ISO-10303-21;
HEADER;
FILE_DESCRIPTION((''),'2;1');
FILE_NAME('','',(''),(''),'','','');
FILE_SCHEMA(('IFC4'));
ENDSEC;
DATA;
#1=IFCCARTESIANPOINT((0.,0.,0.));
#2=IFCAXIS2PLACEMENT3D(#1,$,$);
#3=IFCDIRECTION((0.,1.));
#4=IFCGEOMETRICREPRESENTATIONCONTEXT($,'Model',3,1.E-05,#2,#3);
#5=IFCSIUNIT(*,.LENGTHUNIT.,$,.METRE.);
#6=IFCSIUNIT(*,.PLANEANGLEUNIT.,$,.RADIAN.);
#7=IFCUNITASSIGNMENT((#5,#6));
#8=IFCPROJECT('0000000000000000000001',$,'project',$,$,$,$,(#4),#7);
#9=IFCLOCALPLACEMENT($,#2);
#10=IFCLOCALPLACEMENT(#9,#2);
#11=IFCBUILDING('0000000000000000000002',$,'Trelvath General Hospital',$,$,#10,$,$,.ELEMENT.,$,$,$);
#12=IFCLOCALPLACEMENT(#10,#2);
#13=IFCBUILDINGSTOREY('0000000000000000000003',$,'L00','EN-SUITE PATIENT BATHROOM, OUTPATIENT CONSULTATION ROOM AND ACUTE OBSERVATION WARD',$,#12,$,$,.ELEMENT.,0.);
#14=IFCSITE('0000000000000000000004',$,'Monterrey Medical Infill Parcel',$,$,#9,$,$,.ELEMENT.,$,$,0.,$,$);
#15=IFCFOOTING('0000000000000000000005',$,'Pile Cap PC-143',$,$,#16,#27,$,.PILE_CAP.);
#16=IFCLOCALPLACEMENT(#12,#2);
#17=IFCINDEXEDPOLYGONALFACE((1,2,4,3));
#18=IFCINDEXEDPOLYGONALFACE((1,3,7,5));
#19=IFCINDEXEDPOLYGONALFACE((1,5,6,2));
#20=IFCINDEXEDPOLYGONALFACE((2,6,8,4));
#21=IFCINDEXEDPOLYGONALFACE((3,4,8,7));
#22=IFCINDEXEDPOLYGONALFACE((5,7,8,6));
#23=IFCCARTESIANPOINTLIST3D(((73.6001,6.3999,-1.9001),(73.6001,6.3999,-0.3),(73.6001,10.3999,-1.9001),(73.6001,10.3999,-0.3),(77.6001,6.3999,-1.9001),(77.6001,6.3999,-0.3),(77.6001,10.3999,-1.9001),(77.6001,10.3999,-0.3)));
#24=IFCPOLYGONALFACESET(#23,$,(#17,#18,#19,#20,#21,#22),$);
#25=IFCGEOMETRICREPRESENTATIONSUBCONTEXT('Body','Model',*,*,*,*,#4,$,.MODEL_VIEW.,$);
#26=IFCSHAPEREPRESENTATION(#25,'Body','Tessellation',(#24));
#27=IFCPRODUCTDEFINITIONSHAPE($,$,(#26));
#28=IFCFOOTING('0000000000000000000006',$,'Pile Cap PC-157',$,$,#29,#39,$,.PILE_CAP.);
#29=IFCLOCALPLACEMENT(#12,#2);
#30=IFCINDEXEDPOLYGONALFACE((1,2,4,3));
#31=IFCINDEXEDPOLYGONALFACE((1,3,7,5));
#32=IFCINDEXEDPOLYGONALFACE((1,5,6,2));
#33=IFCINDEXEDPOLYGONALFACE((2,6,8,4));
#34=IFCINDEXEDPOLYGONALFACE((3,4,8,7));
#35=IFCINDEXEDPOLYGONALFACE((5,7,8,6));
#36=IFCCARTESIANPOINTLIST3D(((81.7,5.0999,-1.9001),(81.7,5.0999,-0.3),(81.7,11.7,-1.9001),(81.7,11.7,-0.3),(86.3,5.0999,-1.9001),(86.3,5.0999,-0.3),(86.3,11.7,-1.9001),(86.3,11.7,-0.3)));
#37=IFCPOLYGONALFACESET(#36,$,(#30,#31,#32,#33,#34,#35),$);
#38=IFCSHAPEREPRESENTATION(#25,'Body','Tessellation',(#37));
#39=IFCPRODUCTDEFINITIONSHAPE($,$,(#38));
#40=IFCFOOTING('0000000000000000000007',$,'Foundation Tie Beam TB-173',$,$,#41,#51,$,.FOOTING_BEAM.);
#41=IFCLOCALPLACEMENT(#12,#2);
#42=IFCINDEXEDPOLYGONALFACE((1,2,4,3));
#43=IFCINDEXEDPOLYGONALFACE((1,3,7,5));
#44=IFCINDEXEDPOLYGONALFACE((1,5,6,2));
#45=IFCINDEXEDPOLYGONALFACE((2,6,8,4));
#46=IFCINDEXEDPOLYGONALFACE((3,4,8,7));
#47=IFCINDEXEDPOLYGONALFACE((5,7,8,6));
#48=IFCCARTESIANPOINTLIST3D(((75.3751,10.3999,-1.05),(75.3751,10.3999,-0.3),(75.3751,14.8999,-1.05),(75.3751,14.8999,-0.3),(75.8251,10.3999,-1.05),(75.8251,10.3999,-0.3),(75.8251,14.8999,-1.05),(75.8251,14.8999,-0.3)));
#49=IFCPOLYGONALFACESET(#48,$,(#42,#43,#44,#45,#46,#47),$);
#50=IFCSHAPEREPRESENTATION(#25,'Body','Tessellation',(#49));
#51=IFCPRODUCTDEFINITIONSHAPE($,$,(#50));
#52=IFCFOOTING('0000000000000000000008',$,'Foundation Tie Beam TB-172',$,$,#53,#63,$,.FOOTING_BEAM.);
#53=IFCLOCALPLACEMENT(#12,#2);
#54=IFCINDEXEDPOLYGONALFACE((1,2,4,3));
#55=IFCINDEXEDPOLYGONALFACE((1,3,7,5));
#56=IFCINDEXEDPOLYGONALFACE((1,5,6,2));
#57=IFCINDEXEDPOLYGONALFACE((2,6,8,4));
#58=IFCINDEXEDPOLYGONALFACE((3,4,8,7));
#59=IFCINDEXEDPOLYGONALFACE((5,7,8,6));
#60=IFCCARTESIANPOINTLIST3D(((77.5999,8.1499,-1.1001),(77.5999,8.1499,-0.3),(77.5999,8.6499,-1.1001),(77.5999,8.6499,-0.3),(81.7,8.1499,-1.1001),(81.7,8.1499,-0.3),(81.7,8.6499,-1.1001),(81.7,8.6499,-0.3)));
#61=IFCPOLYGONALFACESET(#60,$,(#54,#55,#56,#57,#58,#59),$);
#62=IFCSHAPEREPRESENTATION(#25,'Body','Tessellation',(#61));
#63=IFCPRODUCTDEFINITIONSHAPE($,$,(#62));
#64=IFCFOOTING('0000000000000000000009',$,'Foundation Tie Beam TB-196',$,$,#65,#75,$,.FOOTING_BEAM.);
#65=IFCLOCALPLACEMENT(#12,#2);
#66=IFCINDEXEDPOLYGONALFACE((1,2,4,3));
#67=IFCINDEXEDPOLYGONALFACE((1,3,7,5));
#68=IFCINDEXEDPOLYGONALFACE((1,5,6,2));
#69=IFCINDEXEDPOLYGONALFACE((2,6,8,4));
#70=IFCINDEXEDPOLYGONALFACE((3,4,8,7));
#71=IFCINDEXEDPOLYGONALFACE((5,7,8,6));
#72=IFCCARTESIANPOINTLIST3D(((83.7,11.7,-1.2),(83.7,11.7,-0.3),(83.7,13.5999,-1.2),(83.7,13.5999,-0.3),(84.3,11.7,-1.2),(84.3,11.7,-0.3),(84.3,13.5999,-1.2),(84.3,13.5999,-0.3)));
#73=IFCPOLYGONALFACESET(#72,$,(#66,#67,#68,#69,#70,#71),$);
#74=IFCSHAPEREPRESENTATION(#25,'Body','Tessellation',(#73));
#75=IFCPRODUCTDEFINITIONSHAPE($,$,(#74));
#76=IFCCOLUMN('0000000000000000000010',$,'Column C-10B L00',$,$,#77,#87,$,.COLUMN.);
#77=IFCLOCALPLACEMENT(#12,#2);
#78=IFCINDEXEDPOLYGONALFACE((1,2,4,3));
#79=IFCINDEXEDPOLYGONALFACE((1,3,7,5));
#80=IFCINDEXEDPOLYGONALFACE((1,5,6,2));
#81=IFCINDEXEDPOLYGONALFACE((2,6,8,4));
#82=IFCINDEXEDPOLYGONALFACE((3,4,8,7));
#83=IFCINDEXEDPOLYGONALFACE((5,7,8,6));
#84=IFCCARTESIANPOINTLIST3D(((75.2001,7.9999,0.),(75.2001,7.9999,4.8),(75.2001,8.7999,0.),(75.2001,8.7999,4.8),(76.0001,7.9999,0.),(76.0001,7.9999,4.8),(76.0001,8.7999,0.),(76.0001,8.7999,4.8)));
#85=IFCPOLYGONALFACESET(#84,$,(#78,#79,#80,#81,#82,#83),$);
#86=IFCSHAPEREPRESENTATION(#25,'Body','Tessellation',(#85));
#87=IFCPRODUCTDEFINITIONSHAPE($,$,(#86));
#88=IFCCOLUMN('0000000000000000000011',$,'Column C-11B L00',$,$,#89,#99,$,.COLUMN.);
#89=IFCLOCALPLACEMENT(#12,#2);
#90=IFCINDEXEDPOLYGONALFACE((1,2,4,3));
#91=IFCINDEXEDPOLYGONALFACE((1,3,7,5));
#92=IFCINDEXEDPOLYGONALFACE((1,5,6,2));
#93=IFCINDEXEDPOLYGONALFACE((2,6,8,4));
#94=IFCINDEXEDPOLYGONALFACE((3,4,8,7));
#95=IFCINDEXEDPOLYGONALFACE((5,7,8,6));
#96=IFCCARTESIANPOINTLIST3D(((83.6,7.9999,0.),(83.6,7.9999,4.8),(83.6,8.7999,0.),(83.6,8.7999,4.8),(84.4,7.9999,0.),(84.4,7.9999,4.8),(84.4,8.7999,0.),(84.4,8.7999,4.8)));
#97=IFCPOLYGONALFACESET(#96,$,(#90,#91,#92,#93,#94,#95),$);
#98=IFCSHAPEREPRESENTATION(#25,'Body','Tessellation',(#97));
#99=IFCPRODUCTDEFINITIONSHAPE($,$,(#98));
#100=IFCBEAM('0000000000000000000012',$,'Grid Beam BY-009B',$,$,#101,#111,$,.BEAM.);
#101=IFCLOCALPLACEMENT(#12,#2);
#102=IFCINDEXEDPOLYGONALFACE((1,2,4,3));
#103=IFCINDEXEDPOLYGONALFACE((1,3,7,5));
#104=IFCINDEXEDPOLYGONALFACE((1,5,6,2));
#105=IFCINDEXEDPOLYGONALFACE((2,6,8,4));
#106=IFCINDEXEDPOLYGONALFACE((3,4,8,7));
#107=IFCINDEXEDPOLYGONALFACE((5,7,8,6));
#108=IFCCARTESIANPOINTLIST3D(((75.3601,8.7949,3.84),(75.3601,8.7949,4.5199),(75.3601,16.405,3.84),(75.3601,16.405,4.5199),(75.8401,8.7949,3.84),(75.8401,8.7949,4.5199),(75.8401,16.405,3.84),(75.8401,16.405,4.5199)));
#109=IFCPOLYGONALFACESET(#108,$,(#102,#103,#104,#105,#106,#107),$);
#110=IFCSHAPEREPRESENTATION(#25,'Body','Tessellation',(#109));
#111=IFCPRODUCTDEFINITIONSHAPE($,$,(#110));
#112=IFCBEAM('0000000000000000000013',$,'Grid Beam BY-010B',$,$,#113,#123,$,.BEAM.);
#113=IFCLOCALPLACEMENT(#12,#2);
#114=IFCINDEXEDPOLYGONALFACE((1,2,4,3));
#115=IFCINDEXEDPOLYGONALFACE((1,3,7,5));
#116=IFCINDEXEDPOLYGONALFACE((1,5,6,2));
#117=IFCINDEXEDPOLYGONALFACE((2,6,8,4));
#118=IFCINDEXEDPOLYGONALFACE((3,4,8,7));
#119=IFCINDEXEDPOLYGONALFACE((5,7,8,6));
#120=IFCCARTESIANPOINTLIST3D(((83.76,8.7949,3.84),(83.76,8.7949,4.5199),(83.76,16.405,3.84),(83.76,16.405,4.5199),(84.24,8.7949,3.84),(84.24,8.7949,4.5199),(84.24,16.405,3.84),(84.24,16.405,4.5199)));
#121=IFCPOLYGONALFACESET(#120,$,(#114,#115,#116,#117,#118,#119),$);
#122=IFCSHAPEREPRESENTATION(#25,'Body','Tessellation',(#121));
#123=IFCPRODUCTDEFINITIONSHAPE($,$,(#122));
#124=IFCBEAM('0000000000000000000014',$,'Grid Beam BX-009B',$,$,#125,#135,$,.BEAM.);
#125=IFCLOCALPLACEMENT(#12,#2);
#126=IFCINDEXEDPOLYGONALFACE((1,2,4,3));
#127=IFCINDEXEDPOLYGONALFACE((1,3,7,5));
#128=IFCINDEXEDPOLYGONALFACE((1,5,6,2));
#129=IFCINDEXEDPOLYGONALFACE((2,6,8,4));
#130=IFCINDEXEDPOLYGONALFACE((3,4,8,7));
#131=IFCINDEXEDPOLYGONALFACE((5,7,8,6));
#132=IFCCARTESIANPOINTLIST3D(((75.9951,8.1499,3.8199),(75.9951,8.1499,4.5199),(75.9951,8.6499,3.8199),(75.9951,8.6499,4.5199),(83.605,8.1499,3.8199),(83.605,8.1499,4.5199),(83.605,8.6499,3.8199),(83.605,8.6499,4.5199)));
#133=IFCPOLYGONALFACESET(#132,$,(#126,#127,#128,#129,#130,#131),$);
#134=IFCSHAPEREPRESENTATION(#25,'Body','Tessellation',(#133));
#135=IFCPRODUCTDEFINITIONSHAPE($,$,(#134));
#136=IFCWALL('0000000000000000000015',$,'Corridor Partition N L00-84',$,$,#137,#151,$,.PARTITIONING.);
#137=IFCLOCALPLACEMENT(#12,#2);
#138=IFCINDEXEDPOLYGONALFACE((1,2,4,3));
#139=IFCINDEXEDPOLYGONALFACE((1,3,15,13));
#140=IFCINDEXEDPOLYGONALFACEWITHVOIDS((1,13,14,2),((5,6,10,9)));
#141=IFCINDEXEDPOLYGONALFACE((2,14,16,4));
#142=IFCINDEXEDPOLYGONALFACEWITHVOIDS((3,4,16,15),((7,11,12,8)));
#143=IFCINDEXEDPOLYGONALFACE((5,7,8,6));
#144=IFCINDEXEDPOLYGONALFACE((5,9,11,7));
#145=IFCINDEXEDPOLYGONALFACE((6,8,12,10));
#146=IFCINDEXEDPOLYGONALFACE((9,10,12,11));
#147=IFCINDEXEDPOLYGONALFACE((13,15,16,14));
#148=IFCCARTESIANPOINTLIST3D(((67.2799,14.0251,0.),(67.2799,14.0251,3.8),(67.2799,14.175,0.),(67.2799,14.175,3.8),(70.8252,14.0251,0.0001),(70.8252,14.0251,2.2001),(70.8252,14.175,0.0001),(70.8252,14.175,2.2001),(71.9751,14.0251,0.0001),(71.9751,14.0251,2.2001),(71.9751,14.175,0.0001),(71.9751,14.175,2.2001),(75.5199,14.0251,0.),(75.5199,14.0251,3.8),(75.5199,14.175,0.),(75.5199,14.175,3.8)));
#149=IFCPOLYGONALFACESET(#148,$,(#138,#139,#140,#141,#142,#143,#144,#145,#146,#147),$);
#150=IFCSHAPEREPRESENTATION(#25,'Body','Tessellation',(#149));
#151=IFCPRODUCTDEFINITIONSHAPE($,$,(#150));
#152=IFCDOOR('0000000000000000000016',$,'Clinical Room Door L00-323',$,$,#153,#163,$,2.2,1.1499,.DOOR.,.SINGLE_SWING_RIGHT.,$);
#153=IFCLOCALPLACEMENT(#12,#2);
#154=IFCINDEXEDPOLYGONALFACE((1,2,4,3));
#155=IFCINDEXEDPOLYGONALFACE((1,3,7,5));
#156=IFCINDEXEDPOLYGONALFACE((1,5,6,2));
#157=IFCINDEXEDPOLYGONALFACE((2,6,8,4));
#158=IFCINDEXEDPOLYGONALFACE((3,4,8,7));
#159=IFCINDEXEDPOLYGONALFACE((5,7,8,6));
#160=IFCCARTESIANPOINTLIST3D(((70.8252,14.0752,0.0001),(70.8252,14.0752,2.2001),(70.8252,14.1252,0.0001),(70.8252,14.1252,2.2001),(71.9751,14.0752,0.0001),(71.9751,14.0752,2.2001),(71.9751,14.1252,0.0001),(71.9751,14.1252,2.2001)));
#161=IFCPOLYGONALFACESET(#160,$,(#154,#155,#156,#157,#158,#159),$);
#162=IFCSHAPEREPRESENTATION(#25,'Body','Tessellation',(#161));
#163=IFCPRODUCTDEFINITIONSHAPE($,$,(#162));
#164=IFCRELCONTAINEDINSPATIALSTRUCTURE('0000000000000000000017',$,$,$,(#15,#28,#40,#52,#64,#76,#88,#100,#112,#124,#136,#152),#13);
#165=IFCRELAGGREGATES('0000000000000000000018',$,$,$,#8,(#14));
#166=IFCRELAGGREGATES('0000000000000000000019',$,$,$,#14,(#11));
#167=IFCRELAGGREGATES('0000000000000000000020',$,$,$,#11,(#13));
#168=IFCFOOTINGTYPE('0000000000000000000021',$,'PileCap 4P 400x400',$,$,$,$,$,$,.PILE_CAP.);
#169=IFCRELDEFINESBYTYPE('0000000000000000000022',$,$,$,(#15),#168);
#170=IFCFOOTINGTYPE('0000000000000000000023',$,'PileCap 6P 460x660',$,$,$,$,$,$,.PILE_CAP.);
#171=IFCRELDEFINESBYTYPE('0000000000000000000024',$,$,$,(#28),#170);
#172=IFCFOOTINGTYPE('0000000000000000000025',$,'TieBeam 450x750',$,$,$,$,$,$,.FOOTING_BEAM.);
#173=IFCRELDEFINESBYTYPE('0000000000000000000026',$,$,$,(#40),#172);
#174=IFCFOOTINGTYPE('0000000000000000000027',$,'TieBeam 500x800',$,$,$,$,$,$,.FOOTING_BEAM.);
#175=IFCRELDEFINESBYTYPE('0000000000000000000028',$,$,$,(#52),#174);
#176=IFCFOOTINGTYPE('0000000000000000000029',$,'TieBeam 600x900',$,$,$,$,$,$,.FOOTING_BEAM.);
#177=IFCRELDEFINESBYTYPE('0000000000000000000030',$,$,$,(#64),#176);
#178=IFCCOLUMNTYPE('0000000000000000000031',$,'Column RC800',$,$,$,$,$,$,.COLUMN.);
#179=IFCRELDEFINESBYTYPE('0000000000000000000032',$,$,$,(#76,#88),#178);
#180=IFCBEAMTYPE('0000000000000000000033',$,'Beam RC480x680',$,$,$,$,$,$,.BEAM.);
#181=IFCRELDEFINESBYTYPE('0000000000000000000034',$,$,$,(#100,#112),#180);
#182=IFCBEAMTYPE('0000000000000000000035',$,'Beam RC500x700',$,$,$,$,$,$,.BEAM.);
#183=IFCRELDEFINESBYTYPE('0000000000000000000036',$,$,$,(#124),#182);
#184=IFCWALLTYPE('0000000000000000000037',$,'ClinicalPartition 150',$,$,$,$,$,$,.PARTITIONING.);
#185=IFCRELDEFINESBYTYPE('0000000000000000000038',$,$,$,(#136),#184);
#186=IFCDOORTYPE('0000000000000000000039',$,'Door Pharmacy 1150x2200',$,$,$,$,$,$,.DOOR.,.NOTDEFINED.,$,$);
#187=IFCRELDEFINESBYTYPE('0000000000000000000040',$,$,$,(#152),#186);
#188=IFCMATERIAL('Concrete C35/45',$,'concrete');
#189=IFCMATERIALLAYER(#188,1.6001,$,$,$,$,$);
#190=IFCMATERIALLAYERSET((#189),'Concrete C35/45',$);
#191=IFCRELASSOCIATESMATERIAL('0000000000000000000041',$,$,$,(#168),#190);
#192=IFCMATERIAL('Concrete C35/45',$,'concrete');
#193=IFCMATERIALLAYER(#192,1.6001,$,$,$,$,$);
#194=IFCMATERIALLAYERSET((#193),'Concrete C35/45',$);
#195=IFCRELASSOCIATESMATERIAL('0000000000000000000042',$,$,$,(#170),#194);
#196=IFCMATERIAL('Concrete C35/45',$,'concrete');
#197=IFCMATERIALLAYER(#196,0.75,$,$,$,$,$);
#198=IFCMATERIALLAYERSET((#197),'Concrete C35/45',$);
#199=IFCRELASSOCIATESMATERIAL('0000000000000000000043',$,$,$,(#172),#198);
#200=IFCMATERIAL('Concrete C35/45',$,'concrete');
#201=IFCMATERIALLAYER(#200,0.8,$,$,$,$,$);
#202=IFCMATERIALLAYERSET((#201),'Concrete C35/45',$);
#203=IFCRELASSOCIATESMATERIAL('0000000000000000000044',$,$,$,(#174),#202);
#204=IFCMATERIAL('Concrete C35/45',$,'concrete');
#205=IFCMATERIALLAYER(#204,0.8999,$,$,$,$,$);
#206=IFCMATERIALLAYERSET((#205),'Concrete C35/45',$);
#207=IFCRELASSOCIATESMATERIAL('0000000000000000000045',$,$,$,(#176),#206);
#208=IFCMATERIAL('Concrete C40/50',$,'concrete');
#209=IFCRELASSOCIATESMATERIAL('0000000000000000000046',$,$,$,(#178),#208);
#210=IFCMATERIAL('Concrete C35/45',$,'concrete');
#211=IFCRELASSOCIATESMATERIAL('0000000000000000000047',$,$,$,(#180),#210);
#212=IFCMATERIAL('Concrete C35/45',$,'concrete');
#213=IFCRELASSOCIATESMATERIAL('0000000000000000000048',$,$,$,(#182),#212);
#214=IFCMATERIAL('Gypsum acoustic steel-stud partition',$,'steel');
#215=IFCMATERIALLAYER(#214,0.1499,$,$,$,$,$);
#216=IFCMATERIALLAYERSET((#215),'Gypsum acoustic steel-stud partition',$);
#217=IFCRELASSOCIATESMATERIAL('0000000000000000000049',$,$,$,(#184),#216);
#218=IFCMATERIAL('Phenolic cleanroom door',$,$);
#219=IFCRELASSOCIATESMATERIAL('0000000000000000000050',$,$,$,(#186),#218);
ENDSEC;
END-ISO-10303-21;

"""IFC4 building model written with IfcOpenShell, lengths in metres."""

from ifc_helpers import new_model, si_unit, direction, frame, frame_2d, origin, origin_2d, place, context, subcontext, project, spatial, rectangle, extrude, material, layer, layer_set, material_profile, profile_set, type_object, element, fill, save


model = new_model("IFC4")

# Units and contexts
model_context = context("Model", 3, precision=1e-05, world=origin(), true_north=direction((0.0, 1.0)))
body_context = subcontext(model_context, "Body", "Model", "MODEL_VIEW")
ifc_project = project(units=[si_unit("LENGTHUNIT", "METRE"), si_unit("PLANEANGLEUNIT", "RADIAN")], contexts=[model_context])

# Site, building, storey
site_placement = place(None, origin())
site = spatial("IfcSite", under=ifc_project, at=site_placement, Name="Monterrey Medical Infill Parcel", CompositionType="ELEMENT", RefElevation=0.0)
building_placement = place(site_placement, origin())
building = spatial("IfcBuilding", under=site, at=building_placement, Name="Trelvath General Hospital", CompositionType="ELEMENT")
storey_placement = place(building_placement, origin())
storey = spatial("IfcBuildingStorey", under=building, at=storey_placement, Name="L00", Description="EN-SUITE PATIENT BATHROOM, OUTPATIENT CONSULTATION ROOM AND ACUTE OBSERVATION WARD", CompositionType="ELEMENT", Elevation=0.0)

# Footings
ifc_material_1 = material(Name="Concrete C35/45", Category="concrete")
ifc_layer_1 = layer(ifc_material_1, 1.6001)
ifc_layer_set_1 = layer_set([ifc_layer_1], Name="Concrete C35/45")
footing_type_1 = type_object("IfcFootingType", Name="PileCap 4P 400x400", PredefinedType="PILE_CAP", material=ifc_layer_set_1)
footing_1_placement = place(storey_placement, frame((75.6001, 8.3999, -1.9001), z_axis=(0.0, 0.0, 1.0), x_axis=(1.0, 0.0, 0.0)))
element("IfcFooting", 1, at=footing_1_placement, inside=storey, type_object=footing_type_1, Name="Pile Cap PC-143", PredefinedType="PILE_CAP", context=body_context, shape_type="SweptSolid", body=[
    extrude(rectangle(XDim=4.0, YDim=4.0, at=origin_2d()), origin(), (0.0, 0.0, 1.0), 1.6001),
])
ifc_material_2 = material(Name="Concrete C35/45", Category="concrete")
ifc_layer_2 = layer(ifc_material_2, 1.6001)
ifc_layer_set_2 = layer_set([ifc_layer_2], Name="Concrete C35/45")
footing_type_2 = type_object("IfcFootingType", Name="PileCap 6P 460x660", PredefinedType="PILE_CAP", material=ifc_layer_set_2)
footing_2_placement = place(storey_placement, frame((84.0, 8.3999, -1.9001), z_axis=(0.0, 0.0, 1.0), x_axis=(1.0, 0.0, 0.0)))
element("IfcFooting", 2, at=footing_2_placement, inside=storey, type_object=footing_type_2, Name="Pile Cap PC-157", PredefinedType="PILE_CAP", context=body_context, shape_type="SweptSolid", body=[
    extrude(rectangle(XDim=4.6001, YDim=6.6001, at=origin_2d()), origin(), (0.0, 0.0, 1.0), 1.6001),
])
ifc_material_3 = material(Name="Concrete C35/45", Category="concrete")
ifc_layer_3 = layer(ifc_material_3, 0.75)
ifc_layer_set_3 = layer_set([ifc_layer_3], Name="Concrete C35/45")
footing_type_3 = type_object("IfcFootingType", Name="TieBeam 450x750", PredefinedType="FOOTING_BEAM", material=ifc_layer_set_3)
footing_3_placement = place(storey_placement, frame((75.6001, 12.6499, -1.05), z_axis=(0.0, 0.0, 1.0), x_axis=(1.0, 0.0, 0.0)))
element("IfcFooting", 3, at=footing_3_placement, inside=storey, type_object=footing_type_3, Name="Foundation Tie Beam TB-173", PredefinedType="FOOTING_BEAM", context=body_context, shape_type="SweptSolid", body=[
    extrude(rectangle(XDim=0.45, YDim=4.5, at=origin_2d()), origin(), (0.0, 0.0, 1.0), 0.75),
])
ifc_material_4 = material(Name="Concrete C35/45", Category="concrete")
ifc_layer_4 = layer(ifc_material_4, 0.8)
ifc_layer_set_4 = layer_set([ifc_layer_4], Name="Concrete C35/45")
footing_type_4 = type_object("IfcFootingType", Name="TieBeam 500x800", PredefinedType="FOOTING_BEAM", material=ifc_layer_set_4)
footing_4_placement = place(storey_placement, frame((79.6499, 8.3999, -1.1001), z_axis=(0.0, 0.0, 1.0), x_axis=(1.0, 0.0, 0.0)))
element("IfcFooting", 4, at=footing_4_placement, inside=storey, type_object=footing_type_4, Name="Foundation Tie Beam TB-172", PredefinedType="FOOTING_BEAM", context=body_context, shape_type="SweptSolid", body=[
    extrude(rectangle(XDim=4.1001, YDim=0.5, at=origin_2d()), origin(), (0.0, 0.0, 1.0), 0.8),
])
ifc_material_5 = material(Name="Concrete C35/45", Category="concrete")
ifc_layer_5 = layer(ifc_material_5, 0.8999)
ifc_layer_set_5 = layer_set([ifc_layer_5], Name="Concrete C35/45")
footing_type_5 = type_object("IfcFootingType", Name="TieBeam 600x900", PredefinedType="FOOTING_BEAM", material=ifc_layer_set_5)
footing_5_placement = place(storey_placement, frame((84.0, 12.6499, -1.2), z_axis=(0.0, 0.0, 1.0), x_axis=(1.0, 0.0, 0.0)))
element("IfcFooting", 5, at=footing_5_placement, inside=storey, type_object=footing_type_5, Name="Foundation Tie Beam TB-196", PredefinedType="FOOTING_BEAM", context=body_context, shape_type="SweptSolid", body=[
    extrude(rectangle(XDim=0.6001, YDim=1.8999, at=origin_2d()), origin(), (0.0, 0.0, 1.0), 0.8999),
])

# Columns
ifc_material_6 = material(Name="Concrete C40/50", Category="concrete")
ifc_material_profile_1 = material_profile(ifc_material_6, rectangle(XDim=0.8, YDim=0.8, at=origin_2d()), Name="RC800x800")
ifc_profile_set_1 = profile_set([ifc_material_profile_1], Name="Concrete C40/50")
column_type = type_object("IfcColumnType", Name="Column RC800", PredefinedType="COLUMN", material=ifc_profile_set_1)
for number, where, z_axis, x_axis, name in (
    (6, (75.6001, 8.3999, 0.0), (0.0, 0.0, 1.0), (1.0, 0.0, 0.0), "Column C-10B L00"),
    (7, (84.0, 8.3999, 0.0), (0.0, 0.0, 1.0), (1.0, 0.0, 0.0), "Column C-11B L00"),
):
    element("IfcColumn", number, at=place(storey_placement, frame(where, z_axis=z_axis, x_axis=x_axis)), inside=storey, type_object=column_type, Name=name, PredefinedType="COLUMN", context=body_context, shape_type="SweptSolid", body=[
        extrude(rectangle(XDim=0.8, YDim=0.8, at=origin_2d()), origin(), (0.0, 0.0, 1.0), 4.8),
    ])

# Beams
ifc_material_7 = material(Name="Concrete C35/45", Category="concrete")
ifc_material_profile_2 = material_profile(ifc_material_7, rectangle(XDim=0.48, YDim=0.6799, at=origin_2d()), Name="RCB480x680")
ifc_profile_set_2 = profile_set([ifc_material_profile_2], Name="Concrete C35/45")
beam_type_1 = type_object("IfcBeamType", Name="Beam RC480x680", PredefinedType="BEAM", material=ifc_profile_set_2)
for number, where, z_axis, x_axis, name in (
    (8, (75.6001, 8.7949, 4.1799), (0.0, 1.0, 0.0), (-1.0, 0.0, 0.0), "Grid Beam BY-009B"),
    (9, (84.0, 8.7949, 4.1799), (0.0, 1.0, 0.0), (-1.0, 0.0, 0.0), "Grid Beam BY-010B"),
):
    element("IfcBeam", number, at=place(storey_placement, frame(where, z_axis=z_axis, x_axis=x_axis)), inside=storey, type_object=beam_type_1, Name=name, PredefinedType="BEAM", context=body_context, shape_type="SweptSolid", body=[
        extrude(rectangle(XDim=0.48, YDim=0.6799, at=origin_2d()), origin(), (0.0, 0.0, 1.0), 7.6101),
    ])
ifc_material_8 = material(Name="Concrete C35/45", Category="concrete")
ifc_material_profile_3 = material_profile(ifc_material_8, rectangle(XDim=0.5, YDim=0.7, at=origin_2d()), Name="RCB500x700")
ifc_profile_set_3 = profile_set([ifc_material_profile_3], Name="Concrete C35/45")
beam_type_2 = type_object("IfcBeamType", Name="Beam RC500x700", PredefinedType="BEAM", material=ifc_profile_set_3)
beam_placement = place(storey_placement, frame((75.9951, 8.3999, 4.1699), z_axis=(1.0, 0.0, 0.0), x_axis=(0.0, 1.0, 0.0)))
element("IfcBeam", 10, at=beam_placement, inside=storey, type_object=beam_type_2, Name="Grid Beam BX-009B", PredefinedType="BEAM", context=body_context, shape_type="SweptSolid", body=[
    extrude(rectangle(XDim=0.5, YDim=0.7, at=origin_2d()), origin(), (0.0, 0.0, 1.0), 7.6099),
])

# Wall, opening, door
ifc_material_9 = material(Name="Gypsum acoustic steel-stud partition", Category="steel")
ifc_layer_6 = layer(ifc_material_9, 0.1499)
ifc_layer_set_6 = layer_set([ifc_layer_6], Name="Gypsum acoustic steel-stud partition")
wall_type_1 = type_object("IfcWallType", Name="ClinicalPartition 150", PredefinedType="PARTITIONING", material=ifc_layer_set_6)
wall_1_placement = place(storey_placement, frame((75.52, 14.1001, 0.0), z_axis=(0.0, 0.0, 1.0), x_axis=(-1.0, 0.0, 0.0)))
wall_1 = element("IfcWall", 11, at=wall_1_placement, inside=storey, type_object=wall_type_1, Name="Corridor Partition N L00-84", PredefinedType="PARTITIONING", context=body_context, shape_type="SweptSolid", body=[
    extrude(rectangle(XDim=8.24, YDim=0.1499, at=frame_2d((4.1201, 0.0))), origin(), (0.0, 0.0, 1.0), 3.8),
])
opening_1_placement = place(wall_1_placement, frame((3.5449, 0.0, 0.0)))
opening_1 = element("IfcOpeningElement", 12, at=opening_1_placement, cuts=wall_1, PredefinedType="OPENING", context=body_context, shape_type="SweptSolid", body=[
    extrude(rectangle(XDim=1.1499, YDim=2.2, at=frame_2d((0.575, 1.1001))), frame((0.0, 0.085, 0.0), z_axis=(0.0, -1.0, 0.0), x_axis=(1.0, 0.0, 0.0)), (0.0, 0.0, 1.0), 0.1699),
])
ifc_material_10 = material(Name="Phenolic cleanroom door")
door_type_1 = type_object("IfcDoorType", Name="Door Pharmacy 1150x2200", OperationType="NOTDEFINED", PredefinedType="DOOR", material=ifc_material_10)
door_1_placement = place(opening_1_placement, origin())
door_1 = element("IfcDoor", 13, at=door_1_placement, inside=storey, type_object=door_type_1, Name="Clinical Room Door L00-323", OperationType="SINGLE_SWING_RIGHT", OverallHeight=2.2, OverallWidth=1.1499, PredefinedType="DOOR", context=body_context, shape_type="SweptSolid", body=[
    extrude(rectangle(XDim=1.1499, YDim=2.2, at=frame_2d((0.575, 1.1001))), frame((0.0, 0.0249, 0.0), z_axis=(0.0, -1.0, 0.0), x_axis=(1.0, 0.0, 0.0)), (0.0, 0.0, 1.0), 0.05),
])
fill(opening_1, door_1)

save(model, "model.ifc")
